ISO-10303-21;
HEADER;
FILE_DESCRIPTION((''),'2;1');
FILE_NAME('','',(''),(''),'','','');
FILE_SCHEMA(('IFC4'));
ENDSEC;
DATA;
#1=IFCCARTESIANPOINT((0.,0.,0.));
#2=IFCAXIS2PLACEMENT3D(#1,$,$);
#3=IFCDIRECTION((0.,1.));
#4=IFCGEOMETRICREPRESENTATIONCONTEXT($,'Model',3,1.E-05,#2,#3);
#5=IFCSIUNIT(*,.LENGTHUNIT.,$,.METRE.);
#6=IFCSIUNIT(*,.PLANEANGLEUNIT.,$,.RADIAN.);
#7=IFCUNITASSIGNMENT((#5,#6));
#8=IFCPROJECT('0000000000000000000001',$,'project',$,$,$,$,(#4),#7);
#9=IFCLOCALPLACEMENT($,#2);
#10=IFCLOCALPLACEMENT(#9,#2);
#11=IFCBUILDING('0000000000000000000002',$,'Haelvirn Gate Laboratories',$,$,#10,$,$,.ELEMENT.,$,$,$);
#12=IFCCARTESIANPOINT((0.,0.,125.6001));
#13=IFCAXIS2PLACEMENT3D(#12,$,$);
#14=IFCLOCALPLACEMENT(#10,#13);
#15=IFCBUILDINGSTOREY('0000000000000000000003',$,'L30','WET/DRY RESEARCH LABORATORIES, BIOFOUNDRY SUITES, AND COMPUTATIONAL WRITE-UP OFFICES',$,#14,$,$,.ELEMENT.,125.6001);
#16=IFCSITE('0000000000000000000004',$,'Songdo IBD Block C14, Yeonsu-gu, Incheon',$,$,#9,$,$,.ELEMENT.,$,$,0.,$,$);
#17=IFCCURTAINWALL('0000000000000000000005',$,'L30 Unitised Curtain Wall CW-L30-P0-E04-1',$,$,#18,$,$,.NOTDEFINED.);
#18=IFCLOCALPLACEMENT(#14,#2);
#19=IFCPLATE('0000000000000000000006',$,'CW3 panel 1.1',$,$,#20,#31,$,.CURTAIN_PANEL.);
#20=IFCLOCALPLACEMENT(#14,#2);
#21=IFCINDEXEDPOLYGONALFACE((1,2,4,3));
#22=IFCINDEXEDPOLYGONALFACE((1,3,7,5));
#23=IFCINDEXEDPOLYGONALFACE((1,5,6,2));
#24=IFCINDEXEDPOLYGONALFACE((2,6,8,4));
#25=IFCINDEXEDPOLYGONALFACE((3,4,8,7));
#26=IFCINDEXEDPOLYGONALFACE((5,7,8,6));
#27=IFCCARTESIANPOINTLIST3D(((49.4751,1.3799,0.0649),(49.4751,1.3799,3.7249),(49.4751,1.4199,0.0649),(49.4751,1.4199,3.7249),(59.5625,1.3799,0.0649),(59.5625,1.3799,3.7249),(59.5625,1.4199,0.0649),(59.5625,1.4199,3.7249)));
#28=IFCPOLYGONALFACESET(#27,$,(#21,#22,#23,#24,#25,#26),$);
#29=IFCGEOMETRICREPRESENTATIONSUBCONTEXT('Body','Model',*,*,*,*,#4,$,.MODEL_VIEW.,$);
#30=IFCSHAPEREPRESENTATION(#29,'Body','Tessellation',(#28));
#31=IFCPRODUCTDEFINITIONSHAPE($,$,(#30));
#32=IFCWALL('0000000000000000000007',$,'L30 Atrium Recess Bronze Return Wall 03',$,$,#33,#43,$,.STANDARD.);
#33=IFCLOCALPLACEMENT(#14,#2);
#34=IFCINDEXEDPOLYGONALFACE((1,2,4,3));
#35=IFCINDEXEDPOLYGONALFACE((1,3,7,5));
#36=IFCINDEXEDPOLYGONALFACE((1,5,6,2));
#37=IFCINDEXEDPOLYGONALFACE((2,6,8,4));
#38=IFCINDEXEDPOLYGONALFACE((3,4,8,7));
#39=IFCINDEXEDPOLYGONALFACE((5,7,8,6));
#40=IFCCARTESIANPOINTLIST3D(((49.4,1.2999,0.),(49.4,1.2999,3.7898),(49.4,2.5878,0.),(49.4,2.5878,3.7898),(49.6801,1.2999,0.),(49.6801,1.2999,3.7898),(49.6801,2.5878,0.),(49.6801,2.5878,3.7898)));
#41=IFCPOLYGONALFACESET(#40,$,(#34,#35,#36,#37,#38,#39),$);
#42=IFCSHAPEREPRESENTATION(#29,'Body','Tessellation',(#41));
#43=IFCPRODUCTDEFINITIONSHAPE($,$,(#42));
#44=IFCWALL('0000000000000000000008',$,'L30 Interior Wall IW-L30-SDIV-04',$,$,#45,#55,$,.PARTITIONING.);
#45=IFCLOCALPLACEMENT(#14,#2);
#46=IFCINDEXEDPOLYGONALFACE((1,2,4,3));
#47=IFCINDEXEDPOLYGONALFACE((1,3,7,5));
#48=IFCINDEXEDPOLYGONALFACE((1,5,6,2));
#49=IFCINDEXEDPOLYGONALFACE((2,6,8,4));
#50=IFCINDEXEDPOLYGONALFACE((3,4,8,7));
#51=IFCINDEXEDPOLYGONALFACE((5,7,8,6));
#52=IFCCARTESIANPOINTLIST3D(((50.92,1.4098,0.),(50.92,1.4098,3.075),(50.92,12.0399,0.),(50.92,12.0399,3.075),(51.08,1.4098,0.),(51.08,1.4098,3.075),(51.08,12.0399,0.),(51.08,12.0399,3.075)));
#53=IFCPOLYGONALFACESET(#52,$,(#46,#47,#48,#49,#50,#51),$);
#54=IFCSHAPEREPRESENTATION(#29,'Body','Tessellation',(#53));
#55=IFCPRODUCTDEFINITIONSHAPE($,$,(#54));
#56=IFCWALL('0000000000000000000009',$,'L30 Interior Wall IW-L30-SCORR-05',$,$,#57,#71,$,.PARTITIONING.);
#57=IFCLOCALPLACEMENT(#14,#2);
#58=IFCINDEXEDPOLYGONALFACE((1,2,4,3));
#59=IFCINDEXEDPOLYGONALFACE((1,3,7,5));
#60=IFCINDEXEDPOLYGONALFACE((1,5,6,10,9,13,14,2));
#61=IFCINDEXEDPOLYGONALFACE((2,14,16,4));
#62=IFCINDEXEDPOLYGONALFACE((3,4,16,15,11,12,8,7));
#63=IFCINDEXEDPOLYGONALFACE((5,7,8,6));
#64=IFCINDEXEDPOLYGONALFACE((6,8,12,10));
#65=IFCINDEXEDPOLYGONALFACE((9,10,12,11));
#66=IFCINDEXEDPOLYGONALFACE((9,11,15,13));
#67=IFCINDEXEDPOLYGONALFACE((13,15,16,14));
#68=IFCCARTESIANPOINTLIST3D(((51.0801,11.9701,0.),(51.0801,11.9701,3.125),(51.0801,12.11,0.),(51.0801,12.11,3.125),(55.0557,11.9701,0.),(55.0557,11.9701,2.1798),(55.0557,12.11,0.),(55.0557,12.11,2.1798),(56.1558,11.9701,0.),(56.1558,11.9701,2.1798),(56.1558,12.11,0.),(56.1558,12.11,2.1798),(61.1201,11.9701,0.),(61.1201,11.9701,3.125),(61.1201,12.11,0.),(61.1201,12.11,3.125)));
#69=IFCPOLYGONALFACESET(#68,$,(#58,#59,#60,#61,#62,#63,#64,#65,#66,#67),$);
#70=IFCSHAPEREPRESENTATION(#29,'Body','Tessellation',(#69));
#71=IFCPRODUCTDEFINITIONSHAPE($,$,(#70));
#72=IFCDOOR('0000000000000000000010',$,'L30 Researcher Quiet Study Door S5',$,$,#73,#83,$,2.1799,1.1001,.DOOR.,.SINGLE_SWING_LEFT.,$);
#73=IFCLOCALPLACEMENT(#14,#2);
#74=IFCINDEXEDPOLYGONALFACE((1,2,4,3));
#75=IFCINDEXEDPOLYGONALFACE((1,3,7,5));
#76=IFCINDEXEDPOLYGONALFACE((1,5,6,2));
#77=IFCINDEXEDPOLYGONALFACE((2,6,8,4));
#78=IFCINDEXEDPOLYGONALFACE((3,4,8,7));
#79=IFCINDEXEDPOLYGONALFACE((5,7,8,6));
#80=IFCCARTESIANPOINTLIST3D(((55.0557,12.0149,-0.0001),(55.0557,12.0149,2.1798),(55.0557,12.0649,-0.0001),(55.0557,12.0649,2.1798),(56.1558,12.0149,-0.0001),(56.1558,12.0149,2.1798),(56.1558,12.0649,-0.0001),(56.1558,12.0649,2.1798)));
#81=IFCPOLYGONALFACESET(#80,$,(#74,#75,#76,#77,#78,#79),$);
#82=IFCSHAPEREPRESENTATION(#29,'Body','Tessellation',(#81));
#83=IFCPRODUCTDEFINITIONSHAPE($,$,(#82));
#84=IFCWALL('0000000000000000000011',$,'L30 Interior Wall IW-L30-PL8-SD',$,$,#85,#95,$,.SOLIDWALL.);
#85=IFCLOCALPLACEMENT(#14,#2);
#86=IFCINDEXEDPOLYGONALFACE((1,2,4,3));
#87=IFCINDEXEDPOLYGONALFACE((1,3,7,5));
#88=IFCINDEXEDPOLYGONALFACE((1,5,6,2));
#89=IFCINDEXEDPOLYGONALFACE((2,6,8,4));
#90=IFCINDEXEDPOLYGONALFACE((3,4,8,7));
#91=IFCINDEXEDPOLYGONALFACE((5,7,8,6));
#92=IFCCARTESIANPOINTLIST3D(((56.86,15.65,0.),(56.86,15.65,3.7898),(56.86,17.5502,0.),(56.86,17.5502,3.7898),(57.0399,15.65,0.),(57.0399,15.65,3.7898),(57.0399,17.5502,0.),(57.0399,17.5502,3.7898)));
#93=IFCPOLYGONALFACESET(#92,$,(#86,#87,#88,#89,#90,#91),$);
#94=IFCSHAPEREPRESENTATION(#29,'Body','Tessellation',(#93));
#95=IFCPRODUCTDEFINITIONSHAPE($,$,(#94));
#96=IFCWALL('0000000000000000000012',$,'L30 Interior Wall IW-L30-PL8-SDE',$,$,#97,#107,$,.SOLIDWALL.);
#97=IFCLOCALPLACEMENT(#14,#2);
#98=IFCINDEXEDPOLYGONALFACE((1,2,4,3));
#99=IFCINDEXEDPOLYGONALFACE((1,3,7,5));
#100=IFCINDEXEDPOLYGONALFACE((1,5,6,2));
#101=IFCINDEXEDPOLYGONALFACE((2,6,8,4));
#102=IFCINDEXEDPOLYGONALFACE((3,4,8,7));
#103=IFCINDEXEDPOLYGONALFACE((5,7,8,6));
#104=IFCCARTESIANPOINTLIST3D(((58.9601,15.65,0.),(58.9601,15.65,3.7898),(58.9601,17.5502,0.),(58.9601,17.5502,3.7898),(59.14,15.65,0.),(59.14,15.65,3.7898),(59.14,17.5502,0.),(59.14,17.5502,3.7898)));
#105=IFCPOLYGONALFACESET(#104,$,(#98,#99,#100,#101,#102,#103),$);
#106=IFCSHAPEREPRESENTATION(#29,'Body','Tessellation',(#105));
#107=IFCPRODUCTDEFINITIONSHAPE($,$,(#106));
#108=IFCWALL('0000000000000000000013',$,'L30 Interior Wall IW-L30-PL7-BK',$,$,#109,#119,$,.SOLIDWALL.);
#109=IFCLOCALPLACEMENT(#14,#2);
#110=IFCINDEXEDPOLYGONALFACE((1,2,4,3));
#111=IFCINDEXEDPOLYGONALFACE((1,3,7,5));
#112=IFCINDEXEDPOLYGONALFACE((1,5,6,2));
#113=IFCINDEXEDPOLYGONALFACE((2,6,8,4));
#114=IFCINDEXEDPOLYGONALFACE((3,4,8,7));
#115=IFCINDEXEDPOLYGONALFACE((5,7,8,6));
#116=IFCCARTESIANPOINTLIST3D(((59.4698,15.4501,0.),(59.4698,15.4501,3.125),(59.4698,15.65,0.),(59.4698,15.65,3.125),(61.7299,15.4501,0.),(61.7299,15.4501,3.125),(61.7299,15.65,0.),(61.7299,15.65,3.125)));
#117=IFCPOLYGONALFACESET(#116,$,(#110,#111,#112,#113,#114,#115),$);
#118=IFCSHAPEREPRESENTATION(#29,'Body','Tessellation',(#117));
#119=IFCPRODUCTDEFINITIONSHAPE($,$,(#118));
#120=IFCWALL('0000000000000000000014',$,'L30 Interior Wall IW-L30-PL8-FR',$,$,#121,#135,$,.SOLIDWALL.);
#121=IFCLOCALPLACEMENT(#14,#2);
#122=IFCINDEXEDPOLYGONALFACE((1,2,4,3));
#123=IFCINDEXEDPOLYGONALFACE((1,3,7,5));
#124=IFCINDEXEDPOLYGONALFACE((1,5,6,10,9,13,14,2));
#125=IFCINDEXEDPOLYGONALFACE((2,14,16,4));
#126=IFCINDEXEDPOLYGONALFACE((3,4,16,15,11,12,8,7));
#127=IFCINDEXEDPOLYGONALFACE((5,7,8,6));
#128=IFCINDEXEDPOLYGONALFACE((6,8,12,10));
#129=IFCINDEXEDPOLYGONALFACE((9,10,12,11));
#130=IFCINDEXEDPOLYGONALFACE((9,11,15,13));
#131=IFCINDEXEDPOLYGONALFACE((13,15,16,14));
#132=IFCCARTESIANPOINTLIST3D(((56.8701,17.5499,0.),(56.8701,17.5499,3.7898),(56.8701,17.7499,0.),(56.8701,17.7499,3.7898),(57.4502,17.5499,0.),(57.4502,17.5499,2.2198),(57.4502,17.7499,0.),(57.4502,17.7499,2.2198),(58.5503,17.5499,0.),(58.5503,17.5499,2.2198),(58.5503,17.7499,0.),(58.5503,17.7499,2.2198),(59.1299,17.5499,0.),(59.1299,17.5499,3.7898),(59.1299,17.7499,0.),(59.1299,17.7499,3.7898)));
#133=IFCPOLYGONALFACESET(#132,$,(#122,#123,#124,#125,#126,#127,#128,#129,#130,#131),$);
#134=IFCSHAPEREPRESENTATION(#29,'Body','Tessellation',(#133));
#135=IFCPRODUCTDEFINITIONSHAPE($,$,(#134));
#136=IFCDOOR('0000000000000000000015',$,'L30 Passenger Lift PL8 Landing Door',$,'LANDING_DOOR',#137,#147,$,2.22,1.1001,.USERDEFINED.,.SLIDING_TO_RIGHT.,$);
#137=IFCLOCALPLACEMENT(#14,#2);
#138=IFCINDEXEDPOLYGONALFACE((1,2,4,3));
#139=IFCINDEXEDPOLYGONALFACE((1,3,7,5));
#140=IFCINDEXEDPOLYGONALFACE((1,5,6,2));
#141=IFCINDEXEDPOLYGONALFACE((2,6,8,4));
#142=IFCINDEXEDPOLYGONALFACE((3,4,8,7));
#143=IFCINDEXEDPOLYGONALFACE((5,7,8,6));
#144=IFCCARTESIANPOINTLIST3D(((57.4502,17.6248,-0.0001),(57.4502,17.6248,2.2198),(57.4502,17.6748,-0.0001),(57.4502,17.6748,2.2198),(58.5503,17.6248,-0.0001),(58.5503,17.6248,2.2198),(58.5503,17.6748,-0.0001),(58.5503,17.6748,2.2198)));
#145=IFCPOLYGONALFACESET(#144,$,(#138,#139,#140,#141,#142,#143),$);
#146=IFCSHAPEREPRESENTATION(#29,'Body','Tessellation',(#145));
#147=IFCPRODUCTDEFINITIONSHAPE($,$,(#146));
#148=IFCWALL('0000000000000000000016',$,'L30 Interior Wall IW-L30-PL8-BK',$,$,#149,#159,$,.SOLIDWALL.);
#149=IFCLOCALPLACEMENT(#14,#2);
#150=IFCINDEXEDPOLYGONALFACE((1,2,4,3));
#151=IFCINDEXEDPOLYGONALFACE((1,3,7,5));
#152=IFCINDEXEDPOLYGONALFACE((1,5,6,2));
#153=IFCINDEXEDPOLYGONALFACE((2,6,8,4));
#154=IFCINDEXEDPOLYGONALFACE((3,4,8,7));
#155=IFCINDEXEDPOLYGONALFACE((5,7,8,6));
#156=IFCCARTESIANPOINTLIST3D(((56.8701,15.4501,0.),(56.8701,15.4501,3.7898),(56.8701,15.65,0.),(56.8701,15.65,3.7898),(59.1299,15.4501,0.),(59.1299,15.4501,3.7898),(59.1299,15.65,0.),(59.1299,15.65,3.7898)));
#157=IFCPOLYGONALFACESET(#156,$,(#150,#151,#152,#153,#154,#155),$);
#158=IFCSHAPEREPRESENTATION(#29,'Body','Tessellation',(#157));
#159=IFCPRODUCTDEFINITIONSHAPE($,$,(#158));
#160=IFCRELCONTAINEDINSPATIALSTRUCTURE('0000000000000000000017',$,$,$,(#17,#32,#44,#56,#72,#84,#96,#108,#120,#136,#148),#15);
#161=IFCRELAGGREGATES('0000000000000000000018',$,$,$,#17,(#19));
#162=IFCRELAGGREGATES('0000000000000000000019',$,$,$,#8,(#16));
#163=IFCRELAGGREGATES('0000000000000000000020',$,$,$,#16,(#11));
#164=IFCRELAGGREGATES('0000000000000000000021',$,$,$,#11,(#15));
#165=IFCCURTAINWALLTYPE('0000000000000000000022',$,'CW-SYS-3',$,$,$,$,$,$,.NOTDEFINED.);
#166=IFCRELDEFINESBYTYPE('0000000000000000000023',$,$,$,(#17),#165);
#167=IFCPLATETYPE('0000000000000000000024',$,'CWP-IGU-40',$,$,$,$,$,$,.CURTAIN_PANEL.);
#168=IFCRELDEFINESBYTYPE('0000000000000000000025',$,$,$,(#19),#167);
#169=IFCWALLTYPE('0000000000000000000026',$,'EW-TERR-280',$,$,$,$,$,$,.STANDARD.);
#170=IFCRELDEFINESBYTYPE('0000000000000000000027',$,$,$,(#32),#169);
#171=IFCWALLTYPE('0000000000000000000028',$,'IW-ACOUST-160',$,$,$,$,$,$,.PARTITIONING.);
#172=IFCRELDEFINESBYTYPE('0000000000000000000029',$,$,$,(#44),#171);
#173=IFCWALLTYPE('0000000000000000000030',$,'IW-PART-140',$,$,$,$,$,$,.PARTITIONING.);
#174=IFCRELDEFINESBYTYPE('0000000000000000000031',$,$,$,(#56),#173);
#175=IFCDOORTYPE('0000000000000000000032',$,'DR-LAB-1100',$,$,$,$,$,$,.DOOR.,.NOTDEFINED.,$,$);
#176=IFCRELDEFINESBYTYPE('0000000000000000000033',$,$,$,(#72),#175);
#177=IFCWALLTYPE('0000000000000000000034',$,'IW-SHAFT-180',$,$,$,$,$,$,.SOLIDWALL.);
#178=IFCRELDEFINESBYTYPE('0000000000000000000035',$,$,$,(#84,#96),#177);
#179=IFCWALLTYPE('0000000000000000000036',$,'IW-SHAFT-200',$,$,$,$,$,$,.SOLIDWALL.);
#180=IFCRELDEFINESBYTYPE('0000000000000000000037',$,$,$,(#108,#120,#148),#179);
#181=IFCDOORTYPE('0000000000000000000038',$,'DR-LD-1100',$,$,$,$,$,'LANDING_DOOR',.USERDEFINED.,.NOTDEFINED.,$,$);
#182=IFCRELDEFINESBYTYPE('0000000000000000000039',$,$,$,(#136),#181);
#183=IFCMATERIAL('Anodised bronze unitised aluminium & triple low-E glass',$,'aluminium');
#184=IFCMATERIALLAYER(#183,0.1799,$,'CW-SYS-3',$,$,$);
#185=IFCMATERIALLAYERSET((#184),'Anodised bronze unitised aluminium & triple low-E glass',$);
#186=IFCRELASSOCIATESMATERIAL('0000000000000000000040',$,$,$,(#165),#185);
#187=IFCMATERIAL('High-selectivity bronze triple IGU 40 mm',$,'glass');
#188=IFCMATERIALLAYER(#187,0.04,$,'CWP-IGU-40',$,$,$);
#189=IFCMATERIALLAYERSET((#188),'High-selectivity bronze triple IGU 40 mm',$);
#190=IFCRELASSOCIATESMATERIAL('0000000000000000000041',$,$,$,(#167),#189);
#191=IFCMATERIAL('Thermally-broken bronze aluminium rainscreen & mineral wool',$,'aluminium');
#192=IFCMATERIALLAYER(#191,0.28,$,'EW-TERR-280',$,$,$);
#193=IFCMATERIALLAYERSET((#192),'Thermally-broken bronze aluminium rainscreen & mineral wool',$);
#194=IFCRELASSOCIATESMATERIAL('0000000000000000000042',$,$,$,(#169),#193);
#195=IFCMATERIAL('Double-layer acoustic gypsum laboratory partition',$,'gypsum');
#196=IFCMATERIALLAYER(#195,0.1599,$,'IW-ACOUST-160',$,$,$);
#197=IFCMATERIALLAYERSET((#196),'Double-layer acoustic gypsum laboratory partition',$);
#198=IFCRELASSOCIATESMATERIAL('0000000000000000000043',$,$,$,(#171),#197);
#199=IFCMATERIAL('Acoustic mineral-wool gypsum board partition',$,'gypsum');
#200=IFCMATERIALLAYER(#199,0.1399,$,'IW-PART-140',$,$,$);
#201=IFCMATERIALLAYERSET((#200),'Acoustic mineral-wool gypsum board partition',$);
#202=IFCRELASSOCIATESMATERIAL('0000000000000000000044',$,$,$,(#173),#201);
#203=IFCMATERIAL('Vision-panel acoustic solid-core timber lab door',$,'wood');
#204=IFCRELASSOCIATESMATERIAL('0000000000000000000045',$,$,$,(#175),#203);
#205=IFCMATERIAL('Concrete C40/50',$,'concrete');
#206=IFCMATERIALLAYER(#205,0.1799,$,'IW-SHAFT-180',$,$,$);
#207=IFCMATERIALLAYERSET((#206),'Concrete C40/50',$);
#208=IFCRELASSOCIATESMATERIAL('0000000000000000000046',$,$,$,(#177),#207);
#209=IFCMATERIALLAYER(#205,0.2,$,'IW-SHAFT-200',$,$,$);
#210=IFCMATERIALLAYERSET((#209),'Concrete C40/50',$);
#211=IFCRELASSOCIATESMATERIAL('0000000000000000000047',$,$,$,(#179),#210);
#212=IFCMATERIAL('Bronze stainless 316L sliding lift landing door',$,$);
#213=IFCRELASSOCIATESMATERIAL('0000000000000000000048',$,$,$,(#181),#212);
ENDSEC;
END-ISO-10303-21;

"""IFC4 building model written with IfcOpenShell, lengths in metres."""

from ifc_helpers import new_model, si_unit, direction, frame, frame_2d, origin, origin_2d, place, context, subcontext, project, spatial, rectangle, extrude, source, transform, mapped, material, layer, layer_set, type_object, type_shapes, element, fill, aggregate, save


model = new_model("IFC4")

# Units and contexts
model_context = context("Model", 3, precision=1e-05, world=origin(), true_north=direction((0.0, 1.0)))
body_context = subcontext(model_context, "Body", "Model", "MODEL_VIEW")
ifc_project = project(units=[si_unit("LENGTHUNIT", "METRE"), si_unit("PLANEANGLEUNIT", "RADIAN")], contexts=[model_context])

# Site, building, storey
site_placement = place(None, origin())
site = spatial("IfcSite", under=ifc_project, at=site_placement, Name="Songdo IBD Block C14, Yeonsu-gu, Incheon", CompositionType="ELEMENT", RefElevation=0.0)
building_placement = place(site_placement, origin())
building = spatial("IfcBuilding", under=site, at=building_placement, Name="Haelvirn Gate Laboratories", CompositionType="ELEMENT")
storey_placement = place(building_placement, frame((0.0, 0.0, 125.6001)))
storey = spatial("IfcBuildingStorey", under=building, at=storey_placement, Name="L30", Description="WET/DRY RESEARCH LABORATORIES, BIOFOUNDRY SUITES, AND COMPUTATIONAL WRITE-UP OFFICES", CompositionType="ELEMENT", Elevation=125.6001)

# Curtain wall
ifc_material_1 = material(Name="Anodised bronze unitised aluminium & triple low-E glass", Category="aluminium")
ifc_layer_1 = layer(ifc_material_1, 0.1799, Name="CW-SYS-3")
ifc_layer_set_1 = layer_set([ifc_layer_1], Name="Anodised bronze unitised aluminium & triple low-E glass")
curtain_wall_type = type_object("IfcCurtainWallType", Name="CW-SYS-3", PredefinedType="NOTDEFINED", material=ifc_layer_set_1)
curtain_wall_1_placement = place(storey_placement, origin())
curtain_wall_1 = element("IfcCurtainWall", 1, at=curtain_wall_1_placement, inside=storey, type_object=curtain_wall_type, Name="L30 Unitised Curtain Wall CW-L30-P0-E04-1", PredefinedType="NOTDEFINED")

# Plate
ifc_material_2 = material(Name="High-selectivity bronze triple IGU 40 mm", Category="glass")
ifc_layer_2 = layer(ifc_material_2, 0.04, Name="CWP-IGU-40")
ifc_layer_set_2 = layer_set([ifc_layer_2], Name="High-selectivity bronze triple IGU 40 mm")
plate_type = type_object("IfcPlateType", Name="CWP-IGU-40", PredefinedType="CURTAIN_PANEL", material=ifc_layer_set_2)
shared_shape_1 = source(origin(), body_context, "Body", "SweptSolid", [
    extrude(rectangle(XDim=10.0874, YDim=0.04, at=origin_2d()), origin(), (0.0, 0.0, 1.0), 3.6599),
])
type_shapes(plate_type, [shared_shape_1])
plate_placement = place(storey_placement, frame((54.5188, 1.3999, 0.0649), z_axis=(0.0, 0.0, 1.0), x_axis=(1.0, 0.0, 0.0)))
plate = element("IfcPlate", 2, at=plate_placement, type_object=plate_type, Name="CW3 panel 1.1", PredefinedType="CURTAIN_PANEL", context=body_context, shape_type="MappedRepresentation", body=[
    mapped(shared_shape_1, transform((0.0, 0.0, 0.0), scale=1.0)),
])
aggregate(curtain_wall_1, [plate])

# Walls
ifc_material_3 = material(Name="Thermally-broken bronze aluminium rainscreen & mineral wool", Category="aluminium")
ifc_layer_3 = layer(ifc_material_3, 0.28, Name="EW-TERR-280")
ifc_layer_set_3 = layer_set([ifc_layer_3], Name="Thermally-broken bronze aluminium rainscreen & mineral wool")
wall_type_1 = type_object("IfcWallType", Name="EW-TERR-280", PredefinedType="STANDARD", material=ifc_layer_set_3)
wall_1_placement = place(storey_placement, frame((49.54, 2.5879, 0.0), z_axis=(0.0, 0.0, 1.0), x_axis=(0.0, -1.0, 0.0)))
element("IfcWall", 3, at=wall_1_placement, inside=storey, type_object=wall_type_1, Name="L30 Atrium Recess Bronze Return Wall 03", PredefinedType="STANDARD", context=body_context, shape_type="SweptSolid", body=[
    extrude(rectangle(XDim=1.2878, YDim=0.28, at=frame_2d((0.644, 0.0))), origin(), (0.0, 0.0, 1.0), 3.7898),
])
ifc_material_4 = material(Name="Double-layer acoustic gypsum laboratory partition", Category="gypsum")
ifc_layer_4 = layer(ifc_material_4, 0.1599, Name="IW-ACOUST-160")
ifc_layer_set_4 = layer_set([ifc_layer_4], Name="Double-layer acoustic gypsum laboratory partition")
wall_type_2 = type_object("IfcWallType", Name="IW-ACOUST-160", PredefinedType="PARTITIONING", material=ifc_layer_set_4)
wall_2_placement = place(storey_placement, frame((51.0, 1.4099, 0.0), z_axis=(0.0, 0.0, 1.0), x_axis=(0.0, 1.0, 0.0)))
element("IfcWall", 4, at=wall_2_placement, inside=storey, type_object=wall_type_2, Name="L30 Interior Wall IW-L30-SDIV-04", PredefinedType="PARTITIONING", context=body_context, shape_type="SweptSolid", body=[
    extrude(rectangle(XDim=10.6301, YDim=0.1599, at=frame_2d((5.3149, 0.0))), origin(), (0.0, 0.0, 1.0), 3.075),
])

# Wall, opening, door
ifc_material_5 = material(Name="Acoustic mineral-wool gypsum board partition", Category="gypsum")
ifc_layer_5 = layer(ifc_material_5, 0.1399, Name="IW-PART-140")
ifc_layer_set_5 = layer_set([ifc_layer_5], Name="Acoustic mineral-wool gypsum board partition")
wall_type_3 = type_object("IfcWallType", Name="IW-PART-140", PredefinedType="PARTITIONING", material=ifc_layer_set_5)
wall_3_placement = place(storey_placement, frame((51.0801, 12.04, 0.0), z_axis=(0.0, 0.0, 1.0), x_axis=(1.0, 0.0, 0.0)))
wall_3 = element("IfcWall", 5, at=wall_3_placement, inside=storey, type_object=wall_type_3, Name="L30 Interior Wall IW-L30-SCORR-05", PredefinedType="PARTITIONING", context=body_context, shape_type="SweptSolid", body=[
    extrude(rectangle(XDim=10.04, YDim=0.1399, at=frame_2d((5.02, 0.0))), origin(), (0.0, 0.0, 1.0), 3.125),
])
opening_1_placement = place(wall_3_placement, frame((3.9756, 0.0, 0.0)))
opening_1 = element("IfcOpeningElement", 6, at=opening_1_placement, cuts=wall_3, PredefinedType="OPENING", context=body_context, shape_type="SweptSolid", body=[
    extrude(rectangle(XDim=1.1001, YDim=2.1799, at=frame_2d((0.55, 1.0898))), frame((0.0, 0.0801, 0.0), z_axis=(0.0, -1.0, 0.0), x_axis=(1.0, 0.0, 0.0)), (0.0, 0.0, 1.0), 0.1599),
])
ifc_material_6 = material(Name="Vision-panel acoustic solid-core timber lab door", Category="wood")
door_type_1 = type_object("IfcDoorType", Name="DR-LAB-1100", OperationType="NOTDEFINED", PredefinedType="DOOR", material=ifc_material_6)
shared_shape_2 = source(origin(), body_context, "Body", "SweptSolid", [
    extrude(rectangle(XDim=1.1001, YDim=2.1799, at=frame_2d((0.55, 1.0898))), frame((0.0, 0.0249, 0.0), z_axis=(0.0, -1.0, 0.0), x_axis=(1.0, 0.0, 0.0)), (0.0, 0.0, 1.0), 0.05),
])
type_shapes(door_type_1, [shared_shape_2])
door_1_placement = place(opening_1_placement, origin())
door_1 = element("IfcDoor", 7, at=door_1_placement, inside=storey, type_object=door_type_1, Name="L30 Researcher Quiet Study Door S5", OperationType="SINGLE_SWING_LEFT", OverallHeight=2.1799, OverallWidth=1.1001, PredefinedType="DOOR", context=body_context, shape_type="MappedRepresentation", body=[
    mapped(shared_shape_2, transform((0.0, 0.0, 0.0), scale=1.0)),
])
fill(opening_1, door_1)

# Walls
ifc_material_7 = material(Name="Concrete C40/50", Category="concrete")
ifc_layer_6 = layer(ifc_material_7, 0.1799, Name="IW-SHAFT-180")
ifc_layer_set_6 = layer_set([ifc_layer_6], Name="Concrete C40/50")
wall_type_4 = type_object("IfcWallType", Name="IW-SHAFT-180", PredefinedType="SOLIDWALL", material=ifc_layer_set_6)
for number, where, z_axis, x_axis, name in (
    (8, (56.95, 15.6499, 0.0), (0.0, 0.0, 1.0), (0.0, 1.0, 0.0), "L30 Interior Wall IW-L30-PL8-SD"),
    (9, (59.05, 15.6499, 0.0), (0.0, 0.0, 1.0), (0.0, 1.0, 0.0), "L30 Interior Wall IW-L30-PL8-SDE"),
):
    element("IfcWall", number, at=place(storey_placement, frame(where, z_axis=z_axis, x_axis=x_axis)), inside=storey, type_object=wall_type_4, Name=name, PredefinedType="SOLIDWALL", context=body_context, shape_type="SweptSolid", body=[
        extrude(rectangle(XDim=1.9001, YDim=0.1799, at=frame_2d((0.9502, 0.0))), origin(), (0.0, 0.0, 1.0), 3.7898),
    ])
ifc_layer_7 = layer(ifc_material_7, 0.2, Name="IW-SHAFT-200")
ifc_layer_set_7 = layer_set([ifc_layer_7], Name="Concrete C40/50")
wall_type_5 = type_object("IfcWallType", Name="IW-SHAFT-200", PredefinedType="SOLIDWALL", material=ifc_layer_set_7)
wall_4_placement = place(storey_placement, frame((59.47, 15.55, 0.0), z_axis=(0.0, 0.0, 1.0), x_axis=(1.0, 0.0, 0.0)))
element("IfcWall", 10, at=wall_4_placement, inside=storey, type_object=wall_type_5, Name="L30 Interior Wall IW-L30-PL7-BK", PredefinedType="SOLIDWALL", context=body_context, shape_type="SweptSolid", body=[
    extrude(rectangle(XDim=2.26, YDim=0.2, at=frame_2d((1.1299, 0.0))), origin(), (0.0, 0.0, 1.0), 3.125),
])

# Wall, opening, door
wall_5_placement = place(storey_placement, frame((56.8701, 17.6499, 0.0), z_axis=(0.0, 0.0, 1.0), x_axis=(1.0, 0.0, 0.0)))
wall_5 = element("IfcWall", 11, at=wall_5_placement, inside=storey, type_object=wall_type_5, Name="L30 Interior Wall IW-L30-PL8-FR", PredefinedType="SOLIDWALL", context=body_context, shape_type="SweptSolid", body=[
    extrude(rectangle(XDim=2.2598, YDim=0.2, at=frame_2d((1.1299, 0.0))), origin(), (0.0, 0.0, 1.0), 3.7898),
])
opening_2_placement = place(wall_5_placement, frame((0.5801, 0.0, 0.0)))
opening_2 = element("IfcOpeningElement", 12, at=opening_2_placement, cuts=wall_5, PredefinedType="OPENING", context=body_context, shape_type="SweptSolid", body=[
    extrude(rectangle(XDim=1.1001, YDim=2.22, at=frame_2d((0.55, 1.1099))), frame((0.0, 0.1099, 0.0), z_axis=(0.0, -1.0, 0.0), x_axis=(1.0, 0.0, 0.0)), (0.0, 0.0, 1.0), 0.22),
])
ifc_material_8 = material(Name="Bronze stainless 316L sliding lift landing door")
door_type_2 = type_object("IfcDoorType", Name="DR-LD-1100", ElementType="LANDING_DOOR", OperationType="NOTDEFINED", PredefinedType="USERDEFINED", material=ifc_material_8)
shared_shape_3 = source(origin(), body_context, "Body", "SweptSolid", [
    extrude(rectangle(XDim=1.1001, YDim=2.22, at=frame_2d((0.55, 1.1099))), frame((0.0, 0.0249, 0.0), z_axis=(0.0, -1.0, 0.0), x_axis=(1.0, 0.0, 0.0)), (0.0, 0.0, 1.0), 0.05),
])
type_shapes(door_type_2, [shared_shape_3])
door_2_placement = place(opening_2_placement, origin())
door_2 = element("IfcDoor", 13, at=door_2_placement, inside=storey, type_object=door_type_2, Name="L30 Passenger Lift PL8 Landing Door", ObjectType="LANDING_DOOR", OperationType="SLIDING_TO_RIGHT", OverallHeight=2.22, OverallWidth=1.1001, PredefinedType="USERDEFINED", context=body_context, shape_type="MappedRepresentation", body=[
    mapped(shared_shape_3, transform((0.0, 0.0, 0.0), scale=1.0)),
])
fill(opening_2, door_2)

# Wall
wall_6_placement = place(storey_placement, frame((56.8701, 15.55, 0.0), z_axis=(0.0, 0.0, 1.0), x_axis=(1.0, 0.0, 0.0)))
element("IfcWall", 14, at=wall_6_placement, inside=storey, type_object=wall_type_5, Name="L30 Interior Wall IW-L30-PL8-BK", PredefinedType="SOLIDWALL", context=body_context, shape_type="SweptSolid", body=[
    extrude(rectangle(XDim=2.2598, YDim=0.2, at=frame_2d((1.1299, 0.0))), origin(), (0.0, 0.0, 1.0), 3.7898),
])

save(model, "model.ifc")
